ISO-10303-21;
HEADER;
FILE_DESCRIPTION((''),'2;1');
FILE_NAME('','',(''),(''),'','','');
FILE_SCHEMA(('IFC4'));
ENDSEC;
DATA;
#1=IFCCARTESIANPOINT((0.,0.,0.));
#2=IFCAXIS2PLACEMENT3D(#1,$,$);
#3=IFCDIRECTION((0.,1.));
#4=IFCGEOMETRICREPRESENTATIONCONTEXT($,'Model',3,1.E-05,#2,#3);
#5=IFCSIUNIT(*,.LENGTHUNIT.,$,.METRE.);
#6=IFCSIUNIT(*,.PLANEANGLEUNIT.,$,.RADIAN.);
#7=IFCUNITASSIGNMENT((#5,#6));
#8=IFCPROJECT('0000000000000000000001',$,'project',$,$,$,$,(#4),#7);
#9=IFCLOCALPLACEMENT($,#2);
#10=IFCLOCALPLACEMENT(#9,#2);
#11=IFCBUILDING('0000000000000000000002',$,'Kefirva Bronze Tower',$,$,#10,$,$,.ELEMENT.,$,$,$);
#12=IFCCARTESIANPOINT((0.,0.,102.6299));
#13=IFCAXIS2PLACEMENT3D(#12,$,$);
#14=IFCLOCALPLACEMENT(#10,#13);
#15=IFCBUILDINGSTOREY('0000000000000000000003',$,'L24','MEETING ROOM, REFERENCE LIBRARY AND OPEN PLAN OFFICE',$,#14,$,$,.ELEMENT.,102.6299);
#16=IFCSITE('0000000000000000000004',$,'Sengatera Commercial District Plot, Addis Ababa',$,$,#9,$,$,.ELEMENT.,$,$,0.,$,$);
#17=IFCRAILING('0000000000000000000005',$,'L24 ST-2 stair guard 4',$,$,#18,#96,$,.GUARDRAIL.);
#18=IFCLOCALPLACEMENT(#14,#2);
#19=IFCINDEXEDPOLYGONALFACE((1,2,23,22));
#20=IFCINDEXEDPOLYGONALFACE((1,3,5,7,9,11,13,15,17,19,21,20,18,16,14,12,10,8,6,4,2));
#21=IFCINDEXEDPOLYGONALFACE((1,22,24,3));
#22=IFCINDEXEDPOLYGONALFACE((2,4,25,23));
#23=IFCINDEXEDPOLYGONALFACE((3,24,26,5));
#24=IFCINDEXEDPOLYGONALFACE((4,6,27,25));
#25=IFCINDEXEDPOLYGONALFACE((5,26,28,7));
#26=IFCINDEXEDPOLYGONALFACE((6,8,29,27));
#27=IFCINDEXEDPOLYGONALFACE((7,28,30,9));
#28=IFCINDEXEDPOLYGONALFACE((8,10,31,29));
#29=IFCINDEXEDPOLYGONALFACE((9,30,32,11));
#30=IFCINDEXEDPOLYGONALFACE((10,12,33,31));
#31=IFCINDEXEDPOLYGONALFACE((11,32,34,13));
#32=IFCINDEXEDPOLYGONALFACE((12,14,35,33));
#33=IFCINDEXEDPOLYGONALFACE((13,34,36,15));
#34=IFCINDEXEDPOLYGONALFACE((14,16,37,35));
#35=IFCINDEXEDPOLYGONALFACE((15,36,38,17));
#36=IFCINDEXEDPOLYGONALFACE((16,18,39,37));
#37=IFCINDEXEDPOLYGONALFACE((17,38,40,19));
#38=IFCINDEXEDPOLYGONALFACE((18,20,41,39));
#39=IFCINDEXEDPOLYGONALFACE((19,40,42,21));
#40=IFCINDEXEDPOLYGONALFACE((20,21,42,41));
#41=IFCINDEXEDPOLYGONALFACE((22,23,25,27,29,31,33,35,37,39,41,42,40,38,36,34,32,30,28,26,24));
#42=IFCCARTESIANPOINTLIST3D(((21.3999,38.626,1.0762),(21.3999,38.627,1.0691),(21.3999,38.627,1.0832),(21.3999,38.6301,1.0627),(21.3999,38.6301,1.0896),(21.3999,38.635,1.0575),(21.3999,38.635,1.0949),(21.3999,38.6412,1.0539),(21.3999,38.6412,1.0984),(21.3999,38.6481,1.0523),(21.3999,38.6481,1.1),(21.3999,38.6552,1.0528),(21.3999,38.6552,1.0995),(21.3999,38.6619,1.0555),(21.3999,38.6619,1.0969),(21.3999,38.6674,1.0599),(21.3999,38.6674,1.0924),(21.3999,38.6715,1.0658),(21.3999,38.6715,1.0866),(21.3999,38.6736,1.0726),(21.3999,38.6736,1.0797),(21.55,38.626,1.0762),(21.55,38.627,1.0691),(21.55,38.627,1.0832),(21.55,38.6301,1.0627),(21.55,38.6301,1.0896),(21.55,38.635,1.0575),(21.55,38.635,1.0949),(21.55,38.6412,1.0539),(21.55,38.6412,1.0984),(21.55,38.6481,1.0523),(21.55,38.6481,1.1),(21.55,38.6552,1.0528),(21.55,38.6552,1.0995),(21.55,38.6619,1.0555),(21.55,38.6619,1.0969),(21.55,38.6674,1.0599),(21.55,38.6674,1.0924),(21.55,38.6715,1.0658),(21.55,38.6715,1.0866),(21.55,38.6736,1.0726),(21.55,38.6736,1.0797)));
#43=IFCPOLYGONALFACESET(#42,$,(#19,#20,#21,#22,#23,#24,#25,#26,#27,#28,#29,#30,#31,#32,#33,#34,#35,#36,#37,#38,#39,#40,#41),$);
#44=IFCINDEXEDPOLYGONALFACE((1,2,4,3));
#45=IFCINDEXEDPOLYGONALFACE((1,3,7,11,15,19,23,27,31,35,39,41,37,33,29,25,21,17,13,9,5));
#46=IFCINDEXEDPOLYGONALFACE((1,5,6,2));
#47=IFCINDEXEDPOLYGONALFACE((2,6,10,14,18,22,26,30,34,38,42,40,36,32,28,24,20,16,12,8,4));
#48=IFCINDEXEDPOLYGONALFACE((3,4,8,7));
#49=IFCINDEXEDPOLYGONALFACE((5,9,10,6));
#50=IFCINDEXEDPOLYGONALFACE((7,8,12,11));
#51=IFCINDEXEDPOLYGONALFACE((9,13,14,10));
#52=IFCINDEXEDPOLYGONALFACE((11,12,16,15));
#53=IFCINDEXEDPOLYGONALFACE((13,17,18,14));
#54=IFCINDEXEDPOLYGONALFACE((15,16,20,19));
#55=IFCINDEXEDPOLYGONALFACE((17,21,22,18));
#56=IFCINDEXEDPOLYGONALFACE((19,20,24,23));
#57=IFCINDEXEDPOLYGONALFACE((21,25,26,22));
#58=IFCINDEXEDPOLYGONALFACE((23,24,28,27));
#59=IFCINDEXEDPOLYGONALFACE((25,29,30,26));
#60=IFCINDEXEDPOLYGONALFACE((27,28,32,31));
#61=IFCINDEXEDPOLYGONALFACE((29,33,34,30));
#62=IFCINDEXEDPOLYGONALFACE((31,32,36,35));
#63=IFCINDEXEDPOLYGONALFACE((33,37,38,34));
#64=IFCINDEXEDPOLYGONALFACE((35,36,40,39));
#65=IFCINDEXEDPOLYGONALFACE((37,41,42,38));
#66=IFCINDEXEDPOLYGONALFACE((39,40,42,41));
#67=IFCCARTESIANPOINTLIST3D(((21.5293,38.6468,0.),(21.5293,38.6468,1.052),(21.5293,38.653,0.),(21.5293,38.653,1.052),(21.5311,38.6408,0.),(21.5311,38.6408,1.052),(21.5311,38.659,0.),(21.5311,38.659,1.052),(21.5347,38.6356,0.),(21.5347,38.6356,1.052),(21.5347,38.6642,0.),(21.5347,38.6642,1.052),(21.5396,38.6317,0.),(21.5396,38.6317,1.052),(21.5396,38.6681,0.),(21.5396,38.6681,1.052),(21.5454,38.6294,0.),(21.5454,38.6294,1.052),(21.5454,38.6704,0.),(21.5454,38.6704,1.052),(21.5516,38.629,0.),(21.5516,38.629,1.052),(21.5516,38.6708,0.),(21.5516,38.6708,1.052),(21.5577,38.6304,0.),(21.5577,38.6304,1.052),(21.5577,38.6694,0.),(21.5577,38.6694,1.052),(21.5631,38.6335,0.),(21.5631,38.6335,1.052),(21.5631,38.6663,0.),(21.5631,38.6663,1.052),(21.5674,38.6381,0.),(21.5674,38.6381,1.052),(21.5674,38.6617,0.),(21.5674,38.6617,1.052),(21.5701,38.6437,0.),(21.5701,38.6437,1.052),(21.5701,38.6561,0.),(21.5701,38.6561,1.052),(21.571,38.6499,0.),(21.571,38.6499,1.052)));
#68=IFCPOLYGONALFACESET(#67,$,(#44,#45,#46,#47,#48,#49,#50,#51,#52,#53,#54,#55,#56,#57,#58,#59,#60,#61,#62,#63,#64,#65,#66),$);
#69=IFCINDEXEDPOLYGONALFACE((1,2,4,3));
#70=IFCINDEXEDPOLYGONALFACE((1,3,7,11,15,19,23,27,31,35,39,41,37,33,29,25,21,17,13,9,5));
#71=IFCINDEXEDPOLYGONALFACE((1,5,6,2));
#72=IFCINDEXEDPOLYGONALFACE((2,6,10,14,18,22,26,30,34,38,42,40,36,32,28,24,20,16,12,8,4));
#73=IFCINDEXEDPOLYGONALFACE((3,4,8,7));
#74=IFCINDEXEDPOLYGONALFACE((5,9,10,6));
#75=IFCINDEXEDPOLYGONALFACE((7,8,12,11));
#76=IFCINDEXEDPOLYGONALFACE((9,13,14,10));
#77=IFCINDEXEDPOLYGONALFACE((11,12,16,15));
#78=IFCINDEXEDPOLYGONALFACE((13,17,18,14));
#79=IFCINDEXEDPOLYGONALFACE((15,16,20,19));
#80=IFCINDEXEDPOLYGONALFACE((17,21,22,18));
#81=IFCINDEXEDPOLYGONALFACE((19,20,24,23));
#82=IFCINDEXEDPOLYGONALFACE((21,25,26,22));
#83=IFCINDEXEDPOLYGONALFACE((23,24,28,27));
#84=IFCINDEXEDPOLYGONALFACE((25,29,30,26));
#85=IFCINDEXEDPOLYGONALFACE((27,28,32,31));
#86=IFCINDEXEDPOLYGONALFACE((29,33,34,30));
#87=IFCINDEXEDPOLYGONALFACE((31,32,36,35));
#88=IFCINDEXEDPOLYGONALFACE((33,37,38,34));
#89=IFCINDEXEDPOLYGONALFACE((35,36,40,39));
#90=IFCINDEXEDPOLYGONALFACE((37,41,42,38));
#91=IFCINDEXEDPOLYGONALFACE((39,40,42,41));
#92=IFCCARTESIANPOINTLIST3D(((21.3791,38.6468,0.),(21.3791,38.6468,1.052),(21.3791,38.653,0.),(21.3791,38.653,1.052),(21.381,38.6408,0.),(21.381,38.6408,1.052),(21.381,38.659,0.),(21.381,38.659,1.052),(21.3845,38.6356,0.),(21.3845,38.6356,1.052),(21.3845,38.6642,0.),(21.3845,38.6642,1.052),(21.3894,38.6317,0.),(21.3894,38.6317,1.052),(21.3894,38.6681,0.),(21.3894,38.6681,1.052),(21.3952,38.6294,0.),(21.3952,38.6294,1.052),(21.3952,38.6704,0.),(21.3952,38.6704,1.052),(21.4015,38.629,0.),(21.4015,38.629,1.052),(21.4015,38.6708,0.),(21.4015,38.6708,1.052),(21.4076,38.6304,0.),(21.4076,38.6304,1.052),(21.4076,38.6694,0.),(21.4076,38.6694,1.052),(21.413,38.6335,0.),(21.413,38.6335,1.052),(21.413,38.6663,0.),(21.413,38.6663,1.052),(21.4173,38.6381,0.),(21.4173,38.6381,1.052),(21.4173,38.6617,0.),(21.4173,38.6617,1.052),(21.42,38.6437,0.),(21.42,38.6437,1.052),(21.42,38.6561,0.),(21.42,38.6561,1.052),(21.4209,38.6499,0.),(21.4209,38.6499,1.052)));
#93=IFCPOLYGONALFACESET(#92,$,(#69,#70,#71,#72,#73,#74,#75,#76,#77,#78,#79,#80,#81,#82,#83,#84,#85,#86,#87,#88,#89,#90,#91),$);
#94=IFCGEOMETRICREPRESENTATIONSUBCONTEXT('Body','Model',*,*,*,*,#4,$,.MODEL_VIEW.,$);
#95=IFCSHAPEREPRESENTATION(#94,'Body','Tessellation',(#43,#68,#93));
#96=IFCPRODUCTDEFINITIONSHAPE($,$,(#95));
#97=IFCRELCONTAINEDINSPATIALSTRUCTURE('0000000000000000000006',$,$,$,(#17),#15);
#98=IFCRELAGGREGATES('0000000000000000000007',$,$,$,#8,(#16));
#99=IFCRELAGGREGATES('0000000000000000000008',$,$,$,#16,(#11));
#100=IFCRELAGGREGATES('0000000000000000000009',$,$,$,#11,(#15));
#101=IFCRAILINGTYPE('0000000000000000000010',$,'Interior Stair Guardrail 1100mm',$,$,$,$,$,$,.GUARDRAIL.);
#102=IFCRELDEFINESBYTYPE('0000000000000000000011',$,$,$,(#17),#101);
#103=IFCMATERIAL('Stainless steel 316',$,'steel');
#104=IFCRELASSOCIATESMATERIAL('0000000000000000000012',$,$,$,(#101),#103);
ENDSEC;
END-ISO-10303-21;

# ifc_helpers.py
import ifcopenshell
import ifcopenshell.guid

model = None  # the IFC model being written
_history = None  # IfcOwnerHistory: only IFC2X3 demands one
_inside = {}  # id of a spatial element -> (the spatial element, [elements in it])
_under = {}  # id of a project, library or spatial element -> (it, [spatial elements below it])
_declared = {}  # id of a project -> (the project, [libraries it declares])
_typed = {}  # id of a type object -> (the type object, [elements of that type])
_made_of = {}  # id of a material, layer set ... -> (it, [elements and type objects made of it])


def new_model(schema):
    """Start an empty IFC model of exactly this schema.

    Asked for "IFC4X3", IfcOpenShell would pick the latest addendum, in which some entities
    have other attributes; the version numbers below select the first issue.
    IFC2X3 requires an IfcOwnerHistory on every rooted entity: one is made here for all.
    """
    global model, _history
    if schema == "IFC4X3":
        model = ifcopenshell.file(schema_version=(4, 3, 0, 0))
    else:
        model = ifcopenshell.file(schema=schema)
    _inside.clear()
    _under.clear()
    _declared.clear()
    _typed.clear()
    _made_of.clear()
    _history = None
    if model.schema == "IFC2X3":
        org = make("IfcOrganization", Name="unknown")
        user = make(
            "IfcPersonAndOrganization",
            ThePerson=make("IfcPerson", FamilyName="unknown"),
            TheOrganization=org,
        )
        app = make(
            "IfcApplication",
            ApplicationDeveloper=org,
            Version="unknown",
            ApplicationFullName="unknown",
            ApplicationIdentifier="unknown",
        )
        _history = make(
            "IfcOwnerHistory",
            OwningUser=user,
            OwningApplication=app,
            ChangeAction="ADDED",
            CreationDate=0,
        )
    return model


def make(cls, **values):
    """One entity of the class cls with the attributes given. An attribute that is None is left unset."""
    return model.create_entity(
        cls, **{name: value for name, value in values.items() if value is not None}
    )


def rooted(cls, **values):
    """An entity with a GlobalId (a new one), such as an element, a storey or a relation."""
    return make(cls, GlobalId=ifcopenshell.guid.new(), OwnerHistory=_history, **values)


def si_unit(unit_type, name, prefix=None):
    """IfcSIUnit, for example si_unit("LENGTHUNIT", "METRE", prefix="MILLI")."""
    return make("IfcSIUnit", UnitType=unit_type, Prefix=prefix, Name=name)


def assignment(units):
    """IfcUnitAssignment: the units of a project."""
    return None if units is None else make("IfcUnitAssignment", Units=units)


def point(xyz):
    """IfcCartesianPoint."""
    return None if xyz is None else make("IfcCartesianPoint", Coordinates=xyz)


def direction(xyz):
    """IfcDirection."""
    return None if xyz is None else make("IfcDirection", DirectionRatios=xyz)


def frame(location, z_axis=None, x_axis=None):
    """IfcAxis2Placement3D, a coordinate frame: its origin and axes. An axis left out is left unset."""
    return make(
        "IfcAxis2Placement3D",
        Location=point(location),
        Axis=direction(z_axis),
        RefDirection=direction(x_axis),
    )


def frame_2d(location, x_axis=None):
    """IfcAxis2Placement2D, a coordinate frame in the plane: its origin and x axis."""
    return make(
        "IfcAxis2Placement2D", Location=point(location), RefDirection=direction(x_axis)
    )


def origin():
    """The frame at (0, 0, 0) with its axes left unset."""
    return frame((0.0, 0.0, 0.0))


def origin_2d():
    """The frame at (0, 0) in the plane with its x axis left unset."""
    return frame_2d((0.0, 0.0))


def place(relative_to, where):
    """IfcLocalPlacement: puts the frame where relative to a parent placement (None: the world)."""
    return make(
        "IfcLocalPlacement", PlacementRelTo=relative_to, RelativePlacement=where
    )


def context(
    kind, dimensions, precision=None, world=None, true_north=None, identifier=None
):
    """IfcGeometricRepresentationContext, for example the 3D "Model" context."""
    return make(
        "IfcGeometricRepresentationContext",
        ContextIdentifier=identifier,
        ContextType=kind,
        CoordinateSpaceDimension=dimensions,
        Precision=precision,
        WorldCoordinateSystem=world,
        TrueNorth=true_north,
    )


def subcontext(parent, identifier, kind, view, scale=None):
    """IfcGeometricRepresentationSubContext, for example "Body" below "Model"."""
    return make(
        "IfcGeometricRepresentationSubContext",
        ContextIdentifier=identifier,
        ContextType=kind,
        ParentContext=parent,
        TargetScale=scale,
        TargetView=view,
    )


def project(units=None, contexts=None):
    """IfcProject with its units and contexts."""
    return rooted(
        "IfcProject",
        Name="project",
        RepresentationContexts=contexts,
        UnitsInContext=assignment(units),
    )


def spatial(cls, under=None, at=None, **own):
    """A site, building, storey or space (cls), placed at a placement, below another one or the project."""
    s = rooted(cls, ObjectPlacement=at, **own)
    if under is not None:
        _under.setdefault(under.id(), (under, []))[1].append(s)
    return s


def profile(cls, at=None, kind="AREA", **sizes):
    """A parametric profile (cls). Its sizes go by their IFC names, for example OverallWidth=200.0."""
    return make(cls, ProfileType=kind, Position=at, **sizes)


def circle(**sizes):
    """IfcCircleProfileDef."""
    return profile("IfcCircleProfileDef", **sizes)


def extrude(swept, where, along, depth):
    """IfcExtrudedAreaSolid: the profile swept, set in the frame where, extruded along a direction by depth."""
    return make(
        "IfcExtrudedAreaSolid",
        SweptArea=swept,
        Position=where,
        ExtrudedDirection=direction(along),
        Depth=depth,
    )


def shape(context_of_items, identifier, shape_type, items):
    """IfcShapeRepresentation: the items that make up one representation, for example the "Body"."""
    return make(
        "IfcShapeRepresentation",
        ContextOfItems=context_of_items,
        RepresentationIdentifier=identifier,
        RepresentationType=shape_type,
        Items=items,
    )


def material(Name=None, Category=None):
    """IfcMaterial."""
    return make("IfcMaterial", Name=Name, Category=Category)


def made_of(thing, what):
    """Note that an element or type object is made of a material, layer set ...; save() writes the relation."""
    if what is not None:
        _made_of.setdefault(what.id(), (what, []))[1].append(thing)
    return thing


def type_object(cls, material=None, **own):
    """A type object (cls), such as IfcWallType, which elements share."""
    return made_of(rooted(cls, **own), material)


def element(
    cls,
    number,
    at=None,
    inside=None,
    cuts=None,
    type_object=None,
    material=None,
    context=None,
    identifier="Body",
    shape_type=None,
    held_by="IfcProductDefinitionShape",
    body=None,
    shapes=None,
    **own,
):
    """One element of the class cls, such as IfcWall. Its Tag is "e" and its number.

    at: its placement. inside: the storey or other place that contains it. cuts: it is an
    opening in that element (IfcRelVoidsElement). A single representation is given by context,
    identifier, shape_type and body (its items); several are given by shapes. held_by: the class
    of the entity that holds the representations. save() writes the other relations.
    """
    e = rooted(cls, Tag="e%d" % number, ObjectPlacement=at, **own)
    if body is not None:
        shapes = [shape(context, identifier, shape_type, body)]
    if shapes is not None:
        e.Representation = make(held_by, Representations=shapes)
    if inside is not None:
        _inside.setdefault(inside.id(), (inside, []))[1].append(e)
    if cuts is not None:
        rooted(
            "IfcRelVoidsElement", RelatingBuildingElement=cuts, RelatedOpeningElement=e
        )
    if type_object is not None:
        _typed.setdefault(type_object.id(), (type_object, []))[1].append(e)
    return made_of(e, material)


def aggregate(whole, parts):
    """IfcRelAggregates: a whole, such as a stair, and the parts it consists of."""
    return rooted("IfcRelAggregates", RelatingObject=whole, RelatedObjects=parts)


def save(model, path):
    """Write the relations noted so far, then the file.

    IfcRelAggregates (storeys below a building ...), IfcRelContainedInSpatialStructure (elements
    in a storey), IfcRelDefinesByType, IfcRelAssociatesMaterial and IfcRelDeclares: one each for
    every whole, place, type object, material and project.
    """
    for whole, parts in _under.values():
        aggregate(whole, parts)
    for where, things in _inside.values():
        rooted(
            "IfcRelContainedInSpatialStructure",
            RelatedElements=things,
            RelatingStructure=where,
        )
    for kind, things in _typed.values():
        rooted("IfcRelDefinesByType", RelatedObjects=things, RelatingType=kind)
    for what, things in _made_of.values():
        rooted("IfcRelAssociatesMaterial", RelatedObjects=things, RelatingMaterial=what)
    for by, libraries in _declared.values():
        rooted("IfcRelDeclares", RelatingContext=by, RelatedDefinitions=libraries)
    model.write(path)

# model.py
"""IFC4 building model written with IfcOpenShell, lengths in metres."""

from ifc_helpers import new_model, si_unit, direction, frame, origin, origin_2d, place, context, subcontext, project, spatial, circle, extrude, material, type_object, element, save


model = new_model("IFC4")

# Units and contexts
model_context = context("Model", 3, precision=1e-05, world=origin(), true_north=direction((0.0, 1.0)))
body_context = subcontext(model_context, "Body", "Model", "MODEL_VIEW")
ifc_project = project(units=[si_unit("LENGTHUNIT", "METRE"), si_unit("PLANEANGLEUNIT", "RADIAN")], contexts=[model_context])

# Site, building, storey
site_placement = place(None, origin())
site = spatial("IfcSite", under=ifc_project, at=site_placement, Name="Sengatera Commercial District Plot, Addis Ababa", CompositionType="ELEMENT", RefElevation=0.0)
building_placement = place(site_placement, origin())
building = spatial("IfcBuilding", under=site, at=building_placement, Name="Kefirva Bronze Tower", CompositionType="ELEMENT")
storey_placement = place(building_placement, frame((0.0, 0.0, 102.6299)))
storey = spatial("IfcBuildingStorey", under=building, at=storey_placement, Name="L24", Description="MEETING ROOM, REFERENCE LIBRARY AND OPEN PLAN OFFICE", CompositionType="ELEMENT", Elevation=102.6299)

# Railing
ifc_material_1 = material(Name="Stainless steel 316", Category="steel")
railing_type = type_object("IfcRailingType", Name="Interior Stair Guardrail 1100mm", PredefinedType="GUARDRAIL", material=ifc_material_1)
railing_placement = place(storey_placement, frame((21.55, 38.6499, 0.0)))
element("IfcRailing", 1, at=railing_placement, inside=storey, type_object=railing_type, Name="L24 ST-2 stair guard 4", PredefinedType="GUARDRAIL", context=body_context, shape_type="SweptSolid", body=[
    extrude(circle(Radius=0.0239, at=origin_2d()), frame((0.0, 0.0, 1.0762), z_axis=(-1.0, 0.0, 0.0), x_axis=(0.0, -1.0, 0.0)), (0.0, 0.0, 1.0), 0.1501),
    extrude(circle(Radius=0.021, at=origin_2d()), origin(), (0.0, 0.0, 1.0), 1.052),
    extrude(circle(Radius=0.021, at=origin_2d()), frame((-0.1501, 0.0, 0.0)), (0.0, 0.0, 1.0), 1.052),
])

save(model, "model.ifc")
